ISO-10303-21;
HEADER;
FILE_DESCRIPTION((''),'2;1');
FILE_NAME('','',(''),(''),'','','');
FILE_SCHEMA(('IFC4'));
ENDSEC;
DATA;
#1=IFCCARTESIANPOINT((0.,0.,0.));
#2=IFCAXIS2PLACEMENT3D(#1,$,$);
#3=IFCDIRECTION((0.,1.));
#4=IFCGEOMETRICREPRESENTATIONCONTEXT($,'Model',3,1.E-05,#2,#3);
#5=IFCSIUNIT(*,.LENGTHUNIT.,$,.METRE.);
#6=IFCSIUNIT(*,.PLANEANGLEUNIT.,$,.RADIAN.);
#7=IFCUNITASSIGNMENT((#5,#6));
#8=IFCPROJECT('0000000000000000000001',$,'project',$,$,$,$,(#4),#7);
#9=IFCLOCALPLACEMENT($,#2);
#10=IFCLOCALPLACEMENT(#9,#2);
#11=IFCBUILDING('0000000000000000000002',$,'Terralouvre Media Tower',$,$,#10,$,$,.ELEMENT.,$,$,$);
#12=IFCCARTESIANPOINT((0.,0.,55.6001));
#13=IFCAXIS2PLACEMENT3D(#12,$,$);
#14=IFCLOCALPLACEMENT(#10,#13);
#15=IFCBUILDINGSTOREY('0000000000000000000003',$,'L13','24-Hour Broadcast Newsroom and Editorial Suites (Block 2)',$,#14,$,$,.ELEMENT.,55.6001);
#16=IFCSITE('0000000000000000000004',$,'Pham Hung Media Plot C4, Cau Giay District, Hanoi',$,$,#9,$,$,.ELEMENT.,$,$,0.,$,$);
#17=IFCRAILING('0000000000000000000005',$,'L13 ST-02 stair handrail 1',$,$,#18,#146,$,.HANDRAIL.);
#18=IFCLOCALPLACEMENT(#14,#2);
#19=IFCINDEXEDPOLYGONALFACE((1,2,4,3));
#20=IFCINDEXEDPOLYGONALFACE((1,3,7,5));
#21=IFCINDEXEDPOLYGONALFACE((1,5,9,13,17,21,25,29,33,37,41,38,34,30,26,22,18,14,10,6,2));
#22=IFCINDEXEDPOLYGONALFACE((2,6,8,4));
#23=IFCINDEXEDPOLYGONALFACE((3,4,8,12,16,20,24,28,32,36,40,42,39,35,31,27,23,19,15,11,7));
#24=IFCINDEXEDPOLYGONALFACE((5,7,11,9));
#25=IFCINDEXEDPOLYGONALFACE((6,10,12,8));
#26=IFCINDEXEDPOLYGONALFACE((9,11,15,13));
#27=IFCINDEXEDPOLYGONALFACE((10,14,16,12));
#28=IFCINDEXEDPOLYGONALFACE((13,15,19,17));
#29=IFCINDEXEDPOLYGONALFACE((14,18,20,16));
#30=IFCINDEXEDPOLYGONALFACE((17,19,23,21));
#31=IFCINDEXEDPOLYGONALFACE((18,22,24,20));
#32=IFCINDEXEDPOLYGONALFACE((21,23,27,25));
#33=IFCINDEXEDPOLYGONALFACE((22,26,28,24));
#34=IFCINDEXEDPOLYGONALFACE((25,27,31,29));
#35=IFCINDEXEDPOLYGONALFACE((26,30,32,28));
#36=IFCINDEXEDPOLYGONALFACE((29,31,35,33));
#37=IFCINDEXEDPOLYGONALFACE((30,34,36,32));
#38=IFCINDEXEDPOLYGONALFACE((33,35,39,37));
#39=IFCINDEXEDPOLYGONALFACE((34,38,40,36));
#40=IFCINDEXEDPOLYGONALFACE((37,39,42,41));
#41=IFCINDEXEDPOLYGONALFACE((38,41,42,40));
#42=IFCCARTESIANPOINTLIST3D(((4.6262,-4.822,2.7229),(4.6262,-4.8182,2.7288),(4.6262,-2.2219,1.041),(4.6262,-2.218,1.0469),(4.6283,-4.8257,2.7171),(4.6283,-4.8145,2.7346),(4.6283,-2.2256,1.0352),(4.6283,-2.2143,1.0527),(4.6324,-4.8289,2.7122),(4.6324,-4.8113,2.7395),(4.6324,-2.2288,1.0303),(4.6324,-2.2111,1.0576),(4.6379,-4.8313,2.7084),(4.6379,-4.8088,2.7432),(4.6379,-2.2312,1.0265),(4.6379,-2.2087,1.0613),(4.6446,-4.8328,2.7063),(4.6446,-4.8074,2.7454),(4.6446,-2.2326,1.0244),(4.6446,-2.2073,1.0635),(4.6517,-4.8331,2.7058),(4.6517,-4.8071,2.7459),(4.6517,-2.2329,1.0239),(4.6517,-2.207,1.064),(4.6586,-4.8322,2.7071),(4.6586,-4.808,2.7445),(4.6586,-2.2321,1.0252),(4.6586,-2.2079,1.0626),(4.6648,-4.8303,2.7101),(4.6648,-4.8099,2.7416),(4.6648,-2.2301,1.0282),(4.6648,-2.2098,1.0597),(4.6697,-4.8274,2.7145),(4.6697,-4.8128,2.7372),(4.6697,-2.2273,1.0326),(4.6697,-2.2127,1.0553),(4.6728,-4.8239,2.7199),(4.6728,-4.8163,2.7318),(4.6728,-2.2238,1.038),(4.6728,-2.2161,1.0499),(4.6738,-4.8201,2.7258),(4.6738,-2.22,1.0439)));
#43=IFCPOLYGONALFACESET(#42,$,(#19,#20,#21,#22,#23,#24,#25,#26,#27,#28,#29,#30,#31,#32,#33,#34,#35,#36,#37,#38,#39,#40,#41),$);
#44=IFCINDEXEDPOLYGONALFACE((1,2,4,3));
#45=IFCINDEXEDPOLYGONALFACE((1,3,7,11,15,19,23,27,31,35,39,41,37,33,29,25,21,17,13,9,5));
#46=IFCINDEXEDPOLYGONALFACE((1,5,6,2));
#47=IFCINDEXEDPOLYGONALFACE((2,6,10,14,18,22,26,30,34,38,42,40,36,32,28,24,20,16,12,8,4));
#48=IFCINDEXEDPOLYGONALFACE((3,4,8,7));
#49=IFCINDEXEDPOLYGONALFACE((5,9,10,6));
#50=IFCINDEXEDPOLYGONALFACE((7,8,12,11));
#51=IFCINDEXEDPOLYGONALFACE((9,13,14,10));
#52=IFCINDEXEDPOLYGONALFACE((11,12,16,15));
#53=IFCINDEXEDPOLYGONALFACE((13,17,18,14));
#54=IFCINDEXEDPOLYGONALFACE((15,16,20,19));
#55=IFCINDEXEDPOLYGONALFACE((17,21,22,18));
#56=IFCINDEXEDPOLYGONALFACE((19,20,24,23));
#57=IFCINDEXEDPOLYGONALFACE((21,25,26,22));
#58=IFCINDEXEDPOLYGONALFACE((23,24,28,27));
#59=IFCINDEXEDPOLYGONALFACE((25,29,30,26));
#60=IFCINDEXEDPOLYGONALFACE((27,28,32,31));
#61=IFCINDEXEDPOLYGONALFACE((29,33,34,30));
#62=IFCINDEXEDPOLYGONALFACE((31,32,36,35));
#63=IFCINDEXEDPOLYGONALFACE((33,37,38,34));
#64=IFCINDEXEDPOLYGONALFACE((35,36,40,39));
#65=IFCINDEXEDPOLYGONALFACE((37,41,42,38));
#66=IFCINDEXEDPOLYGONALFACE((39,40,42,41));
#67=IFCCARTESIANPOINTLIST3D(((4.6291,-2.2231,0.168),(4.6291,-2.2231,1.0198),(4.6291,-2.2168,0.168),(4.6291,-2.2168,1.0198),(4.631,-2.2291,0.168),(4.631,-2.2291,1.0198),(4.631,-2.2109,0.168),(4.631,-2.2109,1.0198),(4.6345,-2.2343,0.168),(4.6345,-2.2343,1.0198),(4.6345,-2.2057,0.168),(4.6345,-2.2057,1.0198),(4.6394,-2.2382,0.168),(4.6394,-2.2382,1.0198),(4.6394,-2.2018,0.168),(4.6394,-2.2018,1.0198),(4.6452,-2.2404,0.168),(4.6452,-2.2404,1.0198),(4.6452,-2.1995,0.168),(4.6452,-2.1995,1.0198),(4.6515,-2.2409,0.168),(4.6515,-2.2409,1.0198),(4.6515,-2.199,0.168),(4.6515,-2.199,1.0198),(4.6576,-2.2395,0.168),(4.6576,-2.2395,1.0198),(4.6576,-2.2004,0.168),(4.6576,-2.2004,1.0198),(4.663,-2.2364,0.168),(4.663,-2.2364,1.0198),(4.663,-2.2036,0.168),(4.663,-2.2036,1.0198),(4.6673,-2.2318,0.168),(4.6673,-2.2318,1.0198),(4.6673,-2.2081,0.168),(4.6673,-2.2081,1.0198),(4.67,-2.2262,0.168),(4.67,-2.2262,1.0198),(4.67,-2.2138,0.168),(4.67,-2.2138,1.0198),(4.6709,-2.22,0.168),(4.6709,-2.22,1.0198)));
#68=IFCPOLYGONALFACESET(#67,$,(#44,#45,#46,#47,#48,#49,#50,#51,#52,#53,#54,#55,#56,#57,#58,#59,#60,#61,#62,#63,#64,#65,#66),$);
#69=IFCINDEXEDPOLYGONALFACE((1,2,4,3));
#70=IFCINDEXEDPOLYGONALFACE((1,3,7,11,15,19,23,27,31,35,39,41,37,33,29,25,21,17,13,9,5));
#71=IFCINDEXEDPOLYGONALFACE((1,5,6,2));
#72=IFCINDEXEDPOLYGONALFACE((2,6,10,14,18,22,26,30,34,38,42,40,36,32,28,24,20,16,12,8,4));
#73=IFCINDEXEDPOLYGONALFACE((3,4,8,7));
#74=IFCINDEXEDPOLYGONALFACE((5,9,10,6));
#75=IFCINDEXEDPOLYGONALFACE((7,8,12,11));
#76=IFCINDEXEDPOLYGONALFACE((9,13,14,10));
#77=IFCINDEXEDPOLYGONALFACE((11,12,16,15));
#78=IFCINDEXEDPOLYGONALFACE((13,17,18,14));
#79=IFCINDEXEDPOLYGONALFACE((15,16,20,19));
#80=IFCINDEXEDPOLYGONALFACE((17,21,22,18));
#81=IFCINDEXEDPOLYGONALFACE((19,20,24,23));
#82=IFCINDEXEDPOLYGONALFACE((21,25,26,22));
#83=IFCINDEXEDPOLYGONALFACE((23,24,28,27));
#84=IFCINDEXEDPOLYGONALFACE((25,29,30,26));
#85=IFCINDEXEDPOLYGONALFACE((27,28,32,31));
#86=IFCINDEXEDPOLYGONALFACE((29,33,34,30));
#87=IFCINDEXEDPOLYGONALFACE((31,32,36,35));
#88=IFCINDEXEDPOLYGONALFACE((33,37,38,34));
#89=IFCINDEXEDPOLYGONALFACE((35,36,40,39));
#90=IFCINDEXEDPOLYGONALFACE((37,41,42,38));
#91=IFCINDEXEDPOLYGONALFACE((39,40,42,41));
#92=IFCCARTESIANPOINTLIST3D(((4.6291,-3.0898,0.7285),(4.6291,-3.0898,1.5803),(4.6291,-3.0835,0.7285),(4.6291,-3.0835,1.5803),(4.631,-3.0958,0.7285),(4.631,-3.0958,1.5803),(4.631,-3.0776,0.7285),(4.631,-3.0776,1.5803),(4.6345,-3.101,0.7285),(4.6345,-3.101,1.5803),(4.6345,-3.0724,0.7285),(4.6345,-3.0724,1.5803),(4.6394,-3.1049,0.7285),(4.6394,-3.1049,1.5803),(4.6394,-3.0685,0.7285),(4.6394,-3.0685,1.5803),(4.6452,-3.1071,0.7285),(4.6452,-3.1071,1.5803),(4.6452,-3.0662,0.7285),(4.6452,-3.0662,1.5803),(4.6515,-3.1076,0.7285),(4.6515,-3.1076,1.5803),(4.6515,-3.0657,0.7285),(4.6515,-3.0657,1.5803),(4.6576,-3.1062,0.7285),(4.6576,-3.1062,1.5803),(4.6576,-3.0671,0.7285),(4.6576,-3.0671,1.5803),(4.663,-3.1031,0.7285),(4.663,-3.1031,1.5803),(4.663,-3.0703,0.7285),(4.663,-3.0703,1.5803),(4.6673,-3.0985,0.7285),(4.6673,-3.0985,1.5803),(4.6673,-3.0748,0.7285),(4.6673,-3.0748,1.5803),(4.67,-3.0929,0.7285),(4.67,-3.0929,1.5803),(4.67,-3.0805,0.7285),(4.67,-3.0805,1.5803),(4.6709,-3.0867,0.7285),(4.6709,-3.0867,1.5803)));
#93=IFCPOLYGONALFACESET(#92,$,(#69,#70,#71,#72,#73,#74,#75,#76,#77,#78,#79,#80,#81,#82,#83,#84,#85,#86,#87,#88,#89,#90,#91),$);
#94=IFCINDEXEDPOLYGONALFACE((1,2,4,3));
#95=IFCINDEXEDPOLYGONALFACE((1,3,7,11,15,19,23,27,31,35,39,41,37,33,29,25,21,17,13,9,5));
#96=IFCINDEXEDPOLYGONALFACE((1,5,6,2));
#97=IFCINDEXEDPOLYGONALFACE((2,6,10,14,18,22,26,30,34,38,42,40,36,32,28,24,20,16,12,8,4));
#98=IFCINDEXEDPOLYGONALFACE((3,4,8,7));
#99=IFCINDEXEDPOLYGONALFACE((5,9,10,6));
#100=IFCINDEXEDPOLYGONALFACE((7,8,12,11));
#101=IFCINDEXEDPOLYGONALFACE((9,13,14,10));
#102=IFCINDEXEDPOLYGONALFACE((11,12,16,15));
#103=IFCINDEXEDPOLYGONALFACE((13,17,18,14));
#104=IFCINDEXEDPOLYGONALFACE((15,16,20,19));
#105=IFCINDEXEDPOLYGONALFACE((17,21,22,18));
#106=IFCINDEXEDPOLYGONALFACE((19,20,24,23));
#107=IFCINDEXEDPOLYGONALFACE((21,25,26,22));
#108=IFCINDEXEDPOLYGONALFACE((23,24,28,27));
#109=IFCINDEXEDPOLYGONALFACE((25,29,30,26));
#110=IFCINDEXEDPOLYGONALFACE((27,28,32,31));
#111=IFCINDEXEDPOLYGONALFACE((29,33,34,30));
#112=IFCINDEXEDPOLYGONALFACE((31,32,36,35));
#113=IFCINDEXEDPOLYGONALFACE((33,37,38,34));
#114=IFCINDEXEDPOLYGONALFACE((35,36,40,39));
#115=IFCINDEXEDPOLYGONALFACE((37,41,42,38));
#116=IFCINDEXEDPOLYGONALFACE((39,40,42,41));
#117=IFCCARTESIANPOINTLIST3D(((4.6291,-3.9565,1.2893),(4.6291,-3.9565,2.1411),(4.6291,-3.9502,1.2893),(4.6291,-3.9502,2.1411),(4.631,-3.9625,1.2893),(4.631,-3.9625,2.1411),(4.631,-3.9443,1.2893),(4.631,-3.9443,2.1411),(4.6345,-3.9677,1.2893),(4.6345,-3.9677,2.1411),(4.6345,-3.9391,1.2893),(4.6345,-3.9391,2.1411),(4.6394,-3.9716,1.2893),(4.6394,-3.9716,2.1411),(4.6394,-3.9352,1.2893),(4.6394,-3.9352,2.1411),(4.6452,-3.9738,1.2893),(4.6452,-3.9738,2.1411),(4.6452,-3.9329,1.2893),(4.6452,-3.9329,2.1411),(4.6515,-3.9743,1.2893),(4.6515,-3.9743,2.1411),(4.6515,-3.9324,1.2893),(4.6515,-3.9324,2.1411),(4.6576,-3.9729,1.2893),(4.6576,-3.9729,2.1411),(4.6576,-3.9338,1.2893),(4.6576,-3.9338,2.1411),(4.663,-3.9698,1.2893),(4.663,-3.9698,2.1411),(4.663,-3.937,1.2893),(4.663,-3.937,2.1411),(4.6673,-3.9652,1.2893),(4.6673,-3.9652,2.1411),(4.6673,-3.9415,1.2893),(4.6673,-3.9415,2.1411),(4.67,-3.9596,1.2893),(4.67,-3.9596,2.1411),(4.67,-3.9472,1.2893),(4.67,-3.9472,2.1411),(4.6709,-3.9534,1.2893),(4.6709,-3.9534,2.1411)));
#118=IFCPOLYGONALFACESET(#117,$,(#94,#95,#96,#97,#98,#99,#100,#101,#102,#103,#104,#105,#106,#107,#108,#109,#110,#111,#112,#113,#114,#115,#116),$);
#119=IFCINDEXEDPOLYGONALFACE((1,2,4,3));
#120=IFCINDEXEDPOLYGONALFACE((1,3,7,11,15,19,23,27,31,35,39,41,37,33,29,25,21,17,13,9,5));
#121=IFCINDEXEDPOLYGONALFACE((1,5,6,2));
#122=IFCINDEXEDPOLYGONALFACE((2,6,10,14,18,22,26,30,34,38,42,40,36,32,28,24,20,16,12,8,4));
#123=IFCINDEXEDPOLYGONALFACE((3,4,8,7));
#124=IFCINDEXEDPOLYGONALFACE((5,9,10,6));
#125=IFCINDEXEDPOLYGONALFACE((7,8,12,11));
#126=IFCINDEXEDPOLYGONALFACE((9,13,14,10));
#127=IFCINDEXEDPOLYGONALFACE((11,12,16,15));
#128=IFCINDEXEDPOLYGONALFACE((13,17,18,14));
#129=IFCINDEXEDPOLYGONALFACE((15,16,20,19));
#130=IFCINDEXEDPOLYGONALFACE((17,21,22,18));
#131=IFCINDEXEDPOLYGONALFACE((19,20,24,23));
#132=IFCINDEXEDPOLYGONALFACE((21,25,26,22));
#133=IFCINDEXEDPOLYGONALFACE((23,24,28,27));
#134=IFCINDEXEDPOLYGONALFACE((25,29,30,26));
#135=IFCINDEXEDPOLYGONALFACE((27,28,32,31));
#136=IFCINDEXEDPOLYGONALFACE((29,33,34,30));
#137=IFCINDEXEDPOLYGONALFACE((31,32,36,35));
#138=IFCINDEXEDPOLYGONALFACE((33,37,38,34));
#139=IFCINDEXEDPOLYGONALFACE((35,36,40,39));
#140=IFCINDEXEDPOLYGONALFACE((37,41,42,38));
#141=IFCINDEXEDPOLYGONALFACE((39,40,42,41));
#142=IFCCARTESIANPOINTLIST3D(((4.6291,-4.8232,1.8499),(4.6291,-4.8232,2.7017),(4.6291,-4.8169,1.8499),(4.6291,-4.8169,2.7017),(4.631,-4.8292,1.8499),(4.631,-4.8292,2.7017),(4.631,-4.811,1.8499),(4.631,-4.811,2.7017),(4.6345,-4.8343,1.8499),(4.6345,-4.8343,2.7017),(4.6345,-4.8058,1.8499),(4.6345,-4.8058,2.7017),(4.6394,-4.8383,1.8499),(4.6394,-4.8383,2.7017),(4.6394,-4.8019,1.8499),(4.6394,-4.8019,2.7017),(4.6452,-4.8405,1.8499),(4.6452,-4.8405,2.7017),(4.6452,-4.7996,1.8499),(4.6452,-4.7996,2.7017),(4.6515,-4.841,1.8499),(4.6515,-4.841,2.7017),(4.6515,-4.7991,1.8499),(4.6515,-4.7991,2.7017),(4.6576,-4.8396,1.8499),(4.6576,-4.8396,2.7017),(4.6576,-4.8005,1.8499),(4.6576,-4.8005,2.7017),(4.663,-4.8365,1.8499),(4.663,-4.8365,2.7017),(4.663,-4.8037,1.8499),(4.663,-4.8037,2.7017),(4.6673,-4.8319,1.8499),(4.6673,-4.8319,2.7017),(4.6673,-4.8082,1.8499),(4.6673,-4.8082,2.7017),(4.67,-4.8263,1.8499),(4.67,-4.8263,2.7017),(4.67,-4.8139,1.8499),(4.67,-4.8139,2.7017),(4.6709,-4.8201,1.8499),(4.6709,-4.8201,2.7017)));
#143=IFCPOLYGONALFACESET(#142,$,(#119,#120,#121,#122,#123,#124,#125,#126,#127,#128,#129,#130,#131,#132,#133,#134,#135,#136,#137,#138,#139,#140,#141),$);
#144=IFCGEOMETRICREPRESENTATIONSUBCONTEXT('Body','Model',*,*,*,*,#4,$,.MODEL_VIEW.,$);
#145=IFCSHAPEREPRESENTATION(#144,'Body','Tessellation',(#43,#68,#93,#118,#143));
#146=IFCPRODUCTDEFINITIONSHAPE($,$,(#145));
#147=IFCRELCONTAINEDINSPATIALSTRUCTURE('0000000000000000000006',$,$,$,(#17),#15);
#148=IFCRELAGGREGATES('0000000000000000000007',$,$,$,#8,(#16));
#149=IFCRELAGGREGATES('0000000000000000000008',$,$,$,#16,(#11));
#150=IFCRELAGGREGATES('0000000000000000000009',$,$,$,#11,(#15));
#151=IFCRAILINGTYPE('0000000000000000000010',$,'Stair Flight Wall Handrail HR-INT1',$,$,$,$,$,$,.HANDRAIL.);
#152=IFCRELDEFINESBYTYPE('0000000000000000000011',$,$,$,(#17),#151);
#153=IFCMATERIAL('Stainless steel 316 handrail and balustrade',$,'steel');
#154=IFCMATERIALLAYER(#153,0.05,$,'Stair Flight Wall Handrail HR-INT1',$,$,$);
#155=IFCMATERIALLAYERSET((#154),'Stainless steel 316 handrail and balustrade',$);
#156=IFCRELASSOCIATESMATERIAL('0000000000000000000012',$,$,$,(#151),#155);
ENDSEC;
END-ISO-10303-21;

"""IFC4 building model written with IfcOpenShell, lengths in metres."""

from ifc_helpers import new_model, si_unit, direction, frame, origin, origin_2d, place, context, subcontext, project, spatial, circle, extrude, material, layer, layer_set, type_object, element, save


model = new_model("IFC4")

# Units and contexts
model_context = context("Model", 3, precision=1e-05, world=origin(), true_north=direction((0.0, 1.0)))
body_context = subcontext(model_context, "Body", "Model", "MODEL_VIEW")
ifc_project = project(units=[si_unit("LENGTHUNIT", "METRE"), si_unit("PLANEANGLEUNIT", "RADIAN")], contexts=[model_context])

# Site, building, storey
site_placement = place(None, origin())
site = spatial("IfcSite", under=ifc_project, at=site_placement, Name="Pham Hung Media Plot C4, Cau Giay District, Hanoi", CompositionType="ELEMENT", RefElevation=0.0)
building_placement = place(site_placement, origin())
building = spatial("IfcBuilding", under=site, at=building_placement, Name="Terralouvre Media Tower", CompositionType="ELEMENT")
storey_placement = place(building_placement, frame((0.0, 0.0, 55.6001)))
storey = spatial("IfcBuildingStorey", under=building, at=storey_placement, Name="L13", Description="24-Hour Broadcast Newsroom and Editorial Suites (Block 2)", CompositionType="ELEMENT", Elevation=55.6001)

# Railing
ifc_material_1 = material(Name="Stainless steel 316 handrail and balustrade", Category="steel")
ifc_layer_1 = layer(ifc_material_1, 0.05, Name="Stair Flight Wall Handrail HR-INT1")
ifc_layer_set_1 = layer_set([ifc_layer_1], Name="Stainless steel 316 handrail and balustrade")
railing_type_1 = type_object("IfcRailingType", Name="Stair Flight Wall Handrail HR-INT1", PredefinedType="HANDRAIL", material=ifc_layer_set_1)
railing_1_placement = place(storey_placement, frame((4.6499, -2.22, 0.168)))
element("IfcRailing", 1, at=railing_1_placement, inside=storey, type_object=railing_type_1, Name="L13 ST-02 stair handrail 1", PredefinedType="HANDRAIL", context=body_context, shape_type="SweptSolid", body=[
    extrude(circle(Radius=0.0239, at=origin_2d()), frame((0.0, 0.0, 0.876), z_axis=(0.0, -0.839648, 0.54313), x_axis=(1.0, 0.0, 0.0)), (0.0, 0.0, 1.0), 3.0967),
    extrude(circle(Radius=0.021, at=origin_2d()), origin(), (0.0, 0.0, 1.0), 0.8518),
    extrude(circle(Radius=0.021, at=origin_2d()), frame((0.0, -0.8667, 0.5605)), (0.0, 0.0, 1.0), 0.8518),
    extrude(circle(Radius=0.021, at=origin_2d()), frame((0.0, -1.7334, 1.1213)), (0.0, 0.0, 1.0), 0.8518),
    extrude(circle(Radius=0.021, at=origin_2d()), frame((0.0, -2.6001, 1.6819)), (0.0, 0.0, 1.0), 0.8518),
])

save(model, "model.ifc")
